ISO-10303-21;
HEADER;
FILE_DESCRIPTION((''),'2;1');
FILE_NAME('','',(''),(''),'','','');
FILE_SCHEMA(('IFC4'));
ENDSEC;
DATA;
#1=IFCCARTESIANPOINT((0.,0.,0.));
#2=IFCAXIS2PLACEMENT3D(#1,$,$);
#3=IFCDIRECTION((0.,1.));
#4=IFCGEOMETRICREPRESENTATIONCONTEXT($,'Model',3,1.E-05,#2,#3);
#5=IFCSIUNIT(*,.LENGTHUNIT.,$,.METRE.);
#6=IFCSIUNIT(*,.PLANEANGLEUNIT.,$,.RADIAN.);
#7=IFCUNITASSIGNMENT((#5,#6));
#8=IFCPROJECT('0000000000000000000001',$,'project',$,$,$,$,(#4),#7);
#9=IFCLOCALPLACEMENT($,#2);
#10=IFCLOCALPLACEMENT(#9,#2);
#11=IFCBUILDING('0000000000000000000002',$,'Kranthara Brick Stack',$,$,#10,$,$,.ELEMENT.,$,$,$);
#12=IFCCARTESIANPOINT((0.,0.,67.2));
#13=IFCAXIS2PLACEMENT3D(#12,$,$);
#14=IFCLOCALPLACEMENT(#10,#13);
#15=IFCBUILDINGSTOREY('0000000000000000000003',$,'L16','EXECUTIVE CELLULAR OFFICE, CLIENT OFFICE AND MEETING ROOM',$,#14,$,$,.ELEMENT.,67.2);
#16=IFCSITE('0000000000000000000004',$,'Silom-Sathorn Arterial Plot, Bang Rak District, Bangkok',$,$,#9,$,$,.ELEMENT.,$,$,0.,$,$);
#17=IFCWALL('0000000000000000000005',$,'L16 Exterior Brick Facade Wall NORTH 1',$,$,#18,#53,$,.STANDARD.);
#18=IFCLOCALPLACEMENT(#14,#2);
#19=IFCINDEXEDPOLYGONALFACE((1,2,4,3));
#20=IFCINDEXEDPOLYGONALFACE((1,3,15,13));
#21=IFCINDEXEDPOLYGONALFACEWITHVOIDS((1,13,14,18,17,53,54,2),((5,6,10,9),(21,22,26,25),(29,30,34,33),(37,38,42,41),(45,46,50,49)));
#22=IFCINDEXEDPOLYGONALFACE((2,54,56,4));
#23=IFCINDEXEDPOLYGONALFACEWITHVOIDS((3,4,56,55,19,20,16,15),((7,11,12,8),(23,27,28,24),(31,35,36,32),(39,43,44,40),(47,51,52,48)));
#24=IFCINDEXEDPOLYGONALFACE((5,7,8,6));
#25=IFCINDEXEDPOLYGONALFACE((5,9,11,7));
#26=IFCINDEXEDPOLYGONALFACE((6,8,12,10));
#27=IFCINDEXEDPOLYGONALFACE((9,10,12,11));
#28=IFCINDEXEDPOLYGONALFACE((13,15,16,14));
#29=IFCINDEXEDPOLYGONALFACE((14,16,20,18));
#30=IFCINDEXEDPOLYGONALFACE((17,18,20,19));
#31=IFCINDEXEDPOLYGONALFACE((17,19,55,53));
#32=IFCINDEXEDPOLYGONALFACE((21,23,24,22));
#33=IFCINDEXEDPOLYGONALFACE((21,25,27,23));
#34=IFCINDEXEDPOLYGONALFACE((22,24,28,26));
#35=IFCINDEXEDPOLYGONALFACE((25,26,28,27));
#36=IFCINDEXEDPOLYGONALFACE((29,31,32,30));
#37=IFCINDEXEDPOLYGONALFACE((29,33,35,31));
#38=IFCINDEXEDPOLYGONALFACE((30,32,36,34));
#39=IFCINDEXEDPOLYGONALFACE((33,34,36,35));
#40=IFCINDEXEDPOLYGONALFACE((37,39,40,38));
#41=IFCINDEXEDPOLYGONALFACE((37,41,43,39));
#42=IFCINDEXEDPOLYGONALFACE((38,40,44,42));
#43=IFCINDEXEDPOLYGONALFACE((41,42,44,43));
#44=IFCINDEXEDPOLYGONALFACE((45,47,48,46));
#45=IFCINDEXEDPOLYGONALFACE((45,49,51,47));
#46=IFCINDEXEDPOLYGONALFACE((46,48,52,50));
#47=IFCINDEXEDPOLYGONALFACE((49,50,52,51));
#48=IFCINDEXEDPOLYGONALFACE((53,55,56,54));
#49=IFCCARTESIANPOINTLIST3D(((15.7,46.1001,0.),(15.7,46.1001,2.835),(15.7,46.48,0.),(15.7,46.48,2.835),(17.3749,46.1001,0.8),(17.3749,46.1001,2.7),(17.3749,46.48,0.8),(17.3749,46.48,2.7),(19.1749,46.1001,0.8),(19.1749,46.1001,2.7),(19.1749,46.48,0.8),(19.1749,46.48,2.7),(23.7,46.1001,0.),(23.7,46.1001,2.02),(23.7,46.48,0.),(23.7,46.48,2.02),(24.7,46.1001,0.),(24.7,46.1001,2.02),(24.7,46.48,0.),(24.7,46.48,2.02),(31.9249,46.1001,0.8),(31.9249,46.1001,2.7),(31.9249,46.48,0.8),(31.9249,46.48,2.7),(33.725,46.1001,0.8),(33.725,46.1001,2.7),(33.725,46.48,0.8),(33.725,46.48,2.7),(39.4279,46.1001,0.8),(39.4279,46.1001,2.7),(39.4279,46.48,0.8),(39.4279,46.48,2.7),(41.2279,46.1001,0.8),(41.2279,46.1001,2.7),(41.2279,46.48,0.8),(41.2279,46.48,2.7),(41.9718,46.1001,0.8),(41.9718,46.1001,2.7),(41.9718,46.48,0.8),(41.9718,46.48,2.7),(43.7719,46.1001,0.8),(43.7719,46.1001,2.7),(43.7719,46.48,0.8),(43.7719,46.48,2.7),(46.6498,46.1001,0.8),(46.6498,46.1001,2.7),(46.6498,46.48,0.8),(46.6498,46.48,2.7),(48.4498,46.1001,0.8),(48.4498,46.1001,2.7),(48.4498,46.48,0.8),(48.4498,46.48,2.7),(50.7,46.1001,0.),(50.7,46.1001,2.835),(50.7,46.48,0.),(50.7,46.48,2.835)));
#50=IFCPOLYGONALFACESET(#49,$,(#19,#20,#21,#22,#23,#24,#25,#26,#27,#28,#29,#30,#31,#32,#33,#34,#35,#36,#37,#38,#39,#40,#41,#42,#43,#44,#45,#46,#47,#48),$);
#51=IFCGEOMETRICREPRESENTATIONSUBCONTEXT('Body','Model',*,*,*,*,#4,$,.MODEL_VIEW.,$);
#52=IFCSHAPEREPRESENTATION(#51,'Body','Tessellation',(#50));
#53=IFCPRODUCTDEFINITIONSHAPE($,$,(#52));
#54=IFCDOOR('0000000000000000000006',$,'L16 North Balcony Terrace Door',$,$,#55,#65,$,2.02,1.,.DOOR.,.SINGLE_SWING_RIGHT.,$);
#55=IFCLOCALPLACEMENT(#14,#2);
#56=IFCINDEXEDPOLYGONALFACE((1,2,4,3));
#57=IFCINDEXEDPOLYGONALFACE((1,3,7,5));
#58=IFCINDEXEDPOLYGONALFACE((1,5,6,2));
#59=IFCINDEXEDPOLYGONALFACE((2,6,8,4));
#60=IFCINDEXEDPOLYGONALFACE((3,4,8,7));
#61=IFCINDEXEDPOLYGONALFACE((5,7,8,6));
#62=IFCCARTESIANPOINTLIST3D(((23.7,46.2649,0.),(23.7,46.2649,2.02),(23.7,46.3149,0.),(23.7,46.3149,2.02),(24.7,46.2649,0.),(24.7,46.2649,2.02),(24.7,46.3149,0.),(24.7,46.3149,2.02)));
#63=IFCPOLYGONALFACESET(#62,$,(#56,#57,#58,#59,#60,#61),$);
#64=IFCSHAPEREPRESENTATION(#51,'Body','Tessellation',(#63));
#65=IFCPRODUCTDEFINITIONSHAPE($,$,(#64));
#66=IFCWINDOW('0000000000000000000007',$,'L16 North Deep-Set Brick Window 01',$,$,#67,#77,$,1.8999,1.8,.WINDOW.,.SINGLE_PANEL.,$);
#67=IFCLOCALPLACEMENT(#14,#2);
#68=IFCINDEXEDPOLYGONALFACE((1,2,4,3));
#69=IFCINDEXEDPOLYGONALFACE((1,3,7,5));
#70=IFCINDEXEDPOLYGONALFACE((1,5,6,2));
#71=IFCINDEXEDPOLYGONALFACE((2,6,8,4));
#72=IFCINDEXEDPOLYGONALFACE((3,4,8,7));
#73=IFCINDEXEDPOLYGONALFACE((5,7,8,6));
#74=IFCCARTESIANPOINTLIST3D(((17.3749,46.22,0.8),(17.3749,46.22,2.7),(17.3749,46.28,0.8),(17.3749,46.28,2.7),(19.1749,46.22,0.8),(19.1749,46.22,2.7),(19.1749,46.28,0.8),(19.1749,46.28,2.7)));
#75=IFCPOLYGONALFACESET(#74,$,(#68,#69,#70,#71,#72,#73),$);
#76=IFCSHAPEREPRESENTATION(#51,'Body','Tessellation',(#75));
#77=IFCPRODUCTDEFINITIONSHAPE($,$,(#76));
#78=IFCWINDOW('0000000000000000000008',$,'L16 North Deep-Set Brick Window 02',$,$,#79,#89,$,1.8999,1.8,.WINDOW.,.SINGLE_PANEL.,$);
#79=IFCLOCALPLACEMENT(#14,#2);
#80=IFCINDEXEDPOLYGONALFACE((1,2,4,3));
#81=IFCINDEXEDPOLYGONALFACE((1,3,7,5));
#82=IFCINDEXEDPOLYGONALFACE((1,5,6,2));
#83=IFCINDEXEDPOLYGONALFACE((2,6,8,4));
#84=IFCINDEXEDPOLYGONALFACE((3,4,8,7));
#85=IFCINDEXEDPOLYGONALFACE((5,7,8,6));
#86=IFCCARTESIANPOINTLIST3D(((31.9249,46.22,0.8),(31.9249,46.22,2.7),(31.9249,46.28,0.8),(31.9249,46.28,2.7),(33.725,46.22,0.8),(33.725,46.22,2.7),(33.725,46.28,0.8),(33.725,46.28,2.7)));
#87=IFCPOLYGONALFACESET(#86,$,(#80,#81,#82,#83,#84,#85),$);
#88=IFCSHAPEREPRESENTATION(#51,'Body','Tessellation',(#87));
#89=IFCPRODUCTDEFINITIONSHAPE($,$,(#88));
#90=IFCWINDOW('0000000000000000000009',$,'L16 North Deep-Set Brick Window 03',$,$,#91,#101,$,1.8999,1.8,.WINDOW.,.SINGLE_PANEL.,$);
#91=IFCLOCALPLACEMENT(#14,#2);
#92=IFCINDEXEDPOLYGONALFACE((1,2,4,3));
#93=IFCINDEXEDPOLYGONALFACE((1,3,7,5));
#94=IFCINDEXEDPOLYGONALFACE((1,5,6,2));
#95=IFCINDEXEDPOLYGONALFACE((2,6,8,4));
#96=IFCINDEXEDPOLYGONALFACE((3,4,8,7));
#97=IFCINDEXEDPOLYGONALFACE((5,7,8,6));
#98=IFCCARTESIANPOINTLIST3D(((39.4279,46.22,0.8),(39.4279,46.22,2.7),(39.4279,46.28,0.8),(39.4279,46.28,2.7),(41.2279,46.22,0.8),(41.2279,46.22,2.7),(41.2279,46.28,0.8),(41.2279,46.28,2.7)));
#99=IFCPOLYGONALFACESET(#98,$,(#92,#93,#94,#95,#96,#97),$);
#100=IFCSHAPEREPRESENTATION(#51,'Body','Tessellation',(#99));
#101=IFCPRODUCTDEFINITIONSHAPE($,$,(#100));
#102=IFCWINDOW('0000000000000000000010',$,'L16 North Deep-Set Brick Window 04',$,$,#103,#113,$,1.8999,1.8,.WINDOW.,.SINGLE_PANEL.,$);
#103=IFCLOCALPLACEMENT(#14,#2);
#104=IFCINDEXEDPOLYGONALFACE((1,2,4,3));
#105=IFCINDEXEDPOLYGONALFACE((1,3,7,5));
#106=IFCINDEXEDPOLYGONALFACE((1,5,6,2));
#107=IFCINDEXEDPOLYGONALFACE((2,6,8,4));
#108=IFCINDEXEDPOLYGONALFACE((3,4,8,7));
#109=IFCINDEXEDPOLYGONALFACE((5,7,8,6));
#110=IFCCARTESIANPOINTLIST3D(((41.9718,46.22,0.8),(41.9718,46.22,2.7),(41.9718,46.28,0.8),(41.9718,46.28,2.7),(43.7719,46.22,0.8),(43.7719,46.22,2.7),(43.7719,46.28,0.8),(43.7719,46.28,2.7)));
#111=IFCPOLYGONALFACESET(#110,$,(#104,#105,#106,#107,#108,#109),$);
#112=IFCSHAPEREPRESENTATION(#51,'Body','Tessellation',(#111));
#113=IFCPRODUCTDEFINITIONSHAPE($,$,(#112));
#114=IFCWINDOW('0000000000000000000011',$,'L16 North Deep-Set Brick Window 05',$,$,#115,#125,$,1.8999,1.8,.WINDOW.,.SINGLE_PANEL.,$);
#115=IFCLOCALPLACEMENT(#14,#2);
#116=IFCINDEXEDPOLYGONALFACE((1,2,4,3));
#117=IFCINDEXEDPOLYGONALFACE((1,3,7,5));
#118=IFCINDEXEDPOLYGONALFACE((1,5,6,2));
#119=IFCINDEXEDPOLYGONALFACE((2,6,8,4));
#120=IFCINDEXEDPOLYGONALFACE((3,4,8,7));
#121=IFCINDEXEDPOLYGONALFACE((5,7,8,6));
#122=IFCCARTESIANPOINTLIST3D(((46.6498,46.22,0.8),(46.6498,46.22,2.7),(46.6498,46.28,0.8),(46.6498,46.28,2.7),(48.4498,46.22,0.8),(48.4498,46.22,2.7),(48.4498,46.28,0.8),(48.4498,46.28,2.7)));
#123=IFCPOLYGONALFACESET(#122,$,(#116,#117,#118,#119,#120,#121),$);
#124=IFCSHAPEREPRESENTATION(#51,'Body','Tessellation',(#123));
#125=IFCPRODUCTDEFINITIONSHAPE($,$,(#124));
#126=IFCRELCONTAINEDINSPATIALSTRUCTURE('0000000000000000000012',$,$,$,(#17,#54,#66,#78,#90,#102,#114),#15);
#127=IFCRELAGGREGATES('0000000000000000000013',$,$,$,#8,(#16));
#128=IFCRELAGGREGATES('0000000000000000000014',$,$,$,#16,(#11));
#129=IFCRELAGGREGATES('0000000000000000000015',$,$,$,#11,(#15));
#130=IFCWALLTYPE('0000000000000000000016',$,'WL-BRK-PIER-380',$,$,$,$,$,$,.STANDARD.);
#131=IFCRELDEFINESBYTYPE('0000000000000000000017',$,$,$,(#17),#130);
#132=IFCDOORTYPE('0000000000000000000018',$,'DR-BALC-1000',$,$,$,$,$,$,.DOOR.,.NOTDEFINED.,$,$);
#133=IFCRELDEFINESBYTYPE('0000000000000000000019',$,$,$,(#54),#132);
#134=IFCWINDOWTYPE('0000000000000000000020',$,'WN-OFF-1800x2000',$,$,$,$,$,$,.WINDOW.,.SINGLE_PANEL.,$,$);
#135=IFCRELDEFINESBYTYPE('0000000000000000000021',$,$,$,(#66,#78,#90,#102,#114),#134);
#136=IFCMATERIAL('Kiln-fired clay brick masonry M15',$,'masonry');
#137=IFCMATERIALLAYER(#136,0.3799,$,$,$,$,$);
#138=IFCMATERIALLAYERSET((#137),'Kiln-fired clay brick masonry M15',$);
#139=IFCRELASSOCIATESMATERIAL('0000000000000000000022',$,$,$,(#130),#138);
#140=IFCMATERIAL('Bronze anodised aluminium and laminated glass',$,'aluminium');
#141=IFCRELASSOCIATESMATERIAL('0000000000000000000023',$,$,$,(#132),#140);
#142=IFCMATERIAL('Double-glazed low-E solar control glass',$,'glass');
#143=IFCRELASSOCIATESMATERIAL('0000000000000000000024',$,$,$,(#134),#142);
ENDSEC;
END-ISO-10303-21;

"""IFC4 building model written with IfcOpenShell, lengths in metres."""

from ifc_helpers import new_model, si_unit, direction, frame, frame_2d, origin, place, context, subcontext, project, spatial, rectangle, extrude, material, layer, layer_set, type_object, element, fill, save


model = new_model("IFC4")

# Units and contexts
model_context = context("Model", 3, precision=1e-05, world=origin(), true_north=direction((0.0, 1.0)))
body_context = subcontext(model_context, "Body", "Model", "MODEL_VIEW")
ifc_project = project(units=[si_unit("LENGTHUNIT", "METRE"), si_unit("PLANEANGLEUNIT", "RADIAN")], contexts=[model_context])

# Site, building, storey
site_placement = place(None, origin())
site = spatial("IfcSite", under=ifc_project, at=site_placement, Name="Silom-Sathorn Arterial Plot, Bang Rak District, Bangkok", CompositionType="ELEMENT", RefElevation=0.0)
building_placement = place(site_placement, origin())
building = spatial("IfcBuilding", under=site, at=building_placement, Name="Kranthara Brick Stack", CompositionType="ELEMENT")
storey_placement = place(building_placement, frame((0.0, 0.0, 67.2)))
storey = spatial("IfcBuildingStorey", under=building, at=storey_placement, Name="L16", Description="EXECUTIVE CELLULAR OFFICE, CLIENT OFFICE AND MEETING ROOM", CompositionType="ELEMENT", Elevation=67.2)

# Wall, openings, door, windows
ifc_material_1 = material(Name="Kiln-fired clay brick masonry M15", Category="masonry")
ifc_layer_1 = layer(ifc_material_1, 0.3799)
ifc_layer_set_1 = layer_set([ifc_layer_1], Name="Kiln-fired clay brick masonry M15")
wall_type = type_object("IfcWallType", Name="WL-BRK-PIER-380", PredefinedType="STANDARD", material=ifc_layer_set_1)
wall_placement = place(storey_placement, frame((15.7, 46.29, 0.0), z_axis=(0.0, 0.0, 1.0), x_axis=(1.0, 0.0, 0.0)))
wall = element("IfcWall", 1, at=wall_placement, inside=storey, type_object=wall_type, Name="L16 Exterior Brick Facade Wall NORTH 1", PredefinedType="STANDARD", context=body_context, shape_type="SweptSolid", body=[
    extrude(rectangle(XDim=35.0, YDim=0.3799, at=frame_2d((17.5, 0.0))), origin(), (0.0, 0.0, 1.0), 2.835),
])
opening_1_placement = place(wall_placement, frame((8.0, 0.0, 0.0)))
opening_1 = element("IfcOpeningElement", 2, at=opening_1_placement, cuts=wall, PredefinedType="OPENING", context=body_context, shape_type="SweptSolid", body=[
    extrude(rectangle(XDim=1.0, YDim=2.02, at=frame_2d((0.5, 1.01))), frame((0.0, 0.2, 0.0), z_axis=(0.0, -1.0, 0.0), x_axis=(1.0, 0.0, 0.0)), (0.0, 0.0, 1.0), 0.3999),
])
opening_2_placement = place(wall_placement, frame((1.675, 0.0, 0.8)))
opening_2 = element("IfcOpeningElement", 3, at=opening_2_placement, cuts=wall, PredefinedType="OPENING", context=body_context, shape_type="SweptSolid", body=[
    extrude(rectangle(XDim=1.8, YDim=1.8999, at=frame_2d((0.8999, 0.95))), frame((0.0, 0.2, 0.0), z_axis=(0.0, -1.0, 0.0), x_axis=(1.0, 0.0, 0.0)), (0.0, 0.0, 1.0), 0.3999),
])
opening_3_placement = place(wall_placement, frame((16.2251, 0.0, 0.8)))
opening_3 = element("IfcOpeningElement", 4, at=opening_3_placement, cuts=wall, PredefinedType="OPENING", context=body_context, shape_type="SweptSolid", body=[
    extrude(rectangle(XDim=1.8, YDim=1.8999, at=frame_2d((0.8999, 0.95))), frame((0.0, 0.2, 0.0), z_axis=(0.0, -1.0, 0.0), x_axis=(1.0, 0.0, 0.0)), (0.0, 0.0, 1.0), 0.3999),
])
opening_4_placement = place(wall_placement, frame((23.728, 0.0, 0.8)))
opening_4 = element("IfcOpeningElement", 5, at=opening_4_placement, cuts=wall, PredefinedType="OPENING", context=body_context, shape_type="SweptSolid", body=[
    extrude(rectangle(XDim=1.8, YDim=1.8999, at=frame_2d((0.8999, 0.95))), frame((0.0, 0.2, 0.0), z_axis=(0.0, -1.0, 0.0), x_axis=(1.0, 0.0, 0.0)), (0.0, 0.0, 1.0), 0.3999),
])
opening_5_placement = place(wall_placement, frame((26.272, 0.0, 0.8)))
opening_5 = element("IfcOpeningElement", 6, at=opening_5_placement, cuts=wall, PredefinedType="OPENING", context=body_context, shape_type="SweptSolid", body=[
    extrude(rectangle(XDim=1.8, YDim=1.8999, at=frame_2d((0.8999, 0.95))), frame((0.0, 0.2, 0.0), z_axis=(0.0, -1.0, 0.0), x_axis=(1.0, 0.0, 0.0)), (0.0, 0.0, 1.0), 0.3999),
])
opening_6_placement = place(wall_placement, frame((30.95, 0.0, 0.8)))
opening_6 = element("IfcOpeningElement", 7, at=opening_6_placement, cuts=wall, PredefinedType="OPENING", context=body_context, shape_type="SweptSolid", body=[
    extrude(rectangle(XDim=1.8, YDim=1.8999, at=frame_2d((0.8999, 0.95))), frame((0.0, 0.2, 0.0), z_axis=(0.0, -1.0, 0.0), x_axis=(1.0, 0.0, 0.0)), (0.0, 0.0, 1.0), 0.3999),
])
ifc_material_2 = material(Name="Bronze anodised aluminium and laminated glass", Category="aluminium")
door_type = type_object("IfcDoorType", Name="DR-BALC-1000", OperationType="NOTDEFINED", PredefinedType="DOOR", material=ifc_material_2)
door_placement = place(opening_1_placement, origin())
door = element("IfcDoor", 8, at=door_placement, inside=storey, type_object=door_type, Name="L16 North Balcony Terrace Door", OperationType="SINGLE_SWING_RIGHT", OverallHeight=2.02, OverallWidth=1.0, PredefinedType="DOOR", context=body_context, shape_type="SweptSolid", body=[
    extrude(rectangle(XDim=1.0, YDim=2.02, at=frame_2d((0.5, 1.01))), frame((0.0, 0.0249, 0.0), z_axis=(0.0, -1.0, 0.0), x_axis=(1.0, 0.0, 0.0)), (0.0, 0.0, 1.0), 0.05),
])
fill(opening_1, door)
ifc_material_3 = material(Name="Double-glazed low-E solar control glass", Category="glass")
window_type = type_object("IfcWindowType", Name="WN-OFF-1800x2000", PartitioningType="SINGLE_PANEL", PredefinedType="WINDOW", material=ifc_material_3)
window_1_placement = place(opening_2_placement, origin())
window_1 = element("IfcWindow", 9, at=window_1_placement, inside=storey, type_object=window_type, Name="L16 North Deep-Set Brick Window 01", OverallHeight=1.8999, OverallWidth=1.8, PartitioningType="SINGLE_PANEL", PredefinedType="WINDOW", context=body_context, shape_type="SweptSolid", body=[
    extrude(rectangle(XDim=1.8, YDim=1.8999, at=frame_2d((0.8999, 0.95))), frame((0.0, -0.01, 0.0), z_axis=(0.0, -1.0, 0.0), x_axis=(1.0, 0.0, 0.0)), (0.0, 0.0, 1.0), 0.0601),
])
fill(opening_2, window_1)
window_2_placement = place(opening_3_placement, origin())
window_2 = element("IfcWindow", 10, at=window_2_placement, inside=storey, type_object=window_type, Name="L16 North Deep-Set Brick Window 02", OverallHeight=1.8999, OverallWidth=1.8, PartitioningType="SINGLE_PANEL", PredefinedType="WINDOW", context=body_context, shape_type="SweptSolid", body=[
    extrude(rectangle(XDim=1.8, YDim=1.8999, at=frame_2d((0.8999, 0.95))), frame((0.0, -0.01, 0.0), z_axis=(0.0, -1.0, 0.0), x_axis=(1.0, 0.0, 0.0)), (0.0, 0.0, 1.0), 0.0601),
])
fill(opening_3, window_2)
window_3_placement = place(opening_4_placement, origin())
window_3 = element("IfcWindow", 11, at=window_3_placement, inside=storey, type_object=window_type, Name="L16 North Deep-Set Brick Window 03", OverallHeight=1.8999, OverallWidth=1.8, PartitioningType="SINGLE_PANEL", PredefinedType="WINDOW", context=body_context, shape_type="SweptSolid", body=[
    extrude(rectangle(XDim=1.8, YDim=1.8999, at=frame_2d((0.8999, 0.95))), frame((0.0, -0.01, 0.0), z_axis=(0.0, -1.0, 0.0), x_axis=(1.0, 0.0, 0.0)), (0.0, 0.0, 1.0), 0.0601),
])
fill(opening_4, window_3)
window_4_placement = place(opening_5_placement, origin())
window_4 = element("IfcWindow", 12, at=window_4_placement, inside=storey, type_object=window_type, Name="L16 North Deep-Set Brick Window 04", OverallHeight=1.8999, OverallWidth=1.8, PartitioningType="SINGLE_PANEL", PredefinedType="WINDOW", context=body_context, shape_type="SweptSolid", body=[
    extrude(rectangle(XDim=1.8, YDim=1.8999, at=frame_2d((0.8999, 0.95))), frame((0.0, -0.01, 0.0), z_axis=(0.0, -1.0, 0.0), x_axis=(1.0, 0.0, 0.0)), (0.0, 0.0, 1.0), 0.0601),
])
fill(opening_5, window_4)
window_5_placement = place(opening_6_placement, origin())
window_5 = element("IfcWindow", 13, at=window_5_placement, inside=storey, type_object=window_type, Name="L16 North Deep-Set Brick Window 05", OverallHeight=1.8999, OverallWidth=1.8, PartitioningType="SINGLE_PANEL", PredefinedType="WINDOW", context=body_context, shape_type="SweptSolid", body=[
    extrude(rectangle(XDim=1.8, YDim=1.8999, at=frame_2d((0.8999, 0.95))), frame((0.0, -0.01, 0.0), z_axis=(0.0, -1.0, 0.0), x_axis=(1.0, 0.0, 0.0)), (0.0, 0.0, 1.0), 0.0601),
])
fill(opening_6, window_5)

save(model, "model.ifc")
